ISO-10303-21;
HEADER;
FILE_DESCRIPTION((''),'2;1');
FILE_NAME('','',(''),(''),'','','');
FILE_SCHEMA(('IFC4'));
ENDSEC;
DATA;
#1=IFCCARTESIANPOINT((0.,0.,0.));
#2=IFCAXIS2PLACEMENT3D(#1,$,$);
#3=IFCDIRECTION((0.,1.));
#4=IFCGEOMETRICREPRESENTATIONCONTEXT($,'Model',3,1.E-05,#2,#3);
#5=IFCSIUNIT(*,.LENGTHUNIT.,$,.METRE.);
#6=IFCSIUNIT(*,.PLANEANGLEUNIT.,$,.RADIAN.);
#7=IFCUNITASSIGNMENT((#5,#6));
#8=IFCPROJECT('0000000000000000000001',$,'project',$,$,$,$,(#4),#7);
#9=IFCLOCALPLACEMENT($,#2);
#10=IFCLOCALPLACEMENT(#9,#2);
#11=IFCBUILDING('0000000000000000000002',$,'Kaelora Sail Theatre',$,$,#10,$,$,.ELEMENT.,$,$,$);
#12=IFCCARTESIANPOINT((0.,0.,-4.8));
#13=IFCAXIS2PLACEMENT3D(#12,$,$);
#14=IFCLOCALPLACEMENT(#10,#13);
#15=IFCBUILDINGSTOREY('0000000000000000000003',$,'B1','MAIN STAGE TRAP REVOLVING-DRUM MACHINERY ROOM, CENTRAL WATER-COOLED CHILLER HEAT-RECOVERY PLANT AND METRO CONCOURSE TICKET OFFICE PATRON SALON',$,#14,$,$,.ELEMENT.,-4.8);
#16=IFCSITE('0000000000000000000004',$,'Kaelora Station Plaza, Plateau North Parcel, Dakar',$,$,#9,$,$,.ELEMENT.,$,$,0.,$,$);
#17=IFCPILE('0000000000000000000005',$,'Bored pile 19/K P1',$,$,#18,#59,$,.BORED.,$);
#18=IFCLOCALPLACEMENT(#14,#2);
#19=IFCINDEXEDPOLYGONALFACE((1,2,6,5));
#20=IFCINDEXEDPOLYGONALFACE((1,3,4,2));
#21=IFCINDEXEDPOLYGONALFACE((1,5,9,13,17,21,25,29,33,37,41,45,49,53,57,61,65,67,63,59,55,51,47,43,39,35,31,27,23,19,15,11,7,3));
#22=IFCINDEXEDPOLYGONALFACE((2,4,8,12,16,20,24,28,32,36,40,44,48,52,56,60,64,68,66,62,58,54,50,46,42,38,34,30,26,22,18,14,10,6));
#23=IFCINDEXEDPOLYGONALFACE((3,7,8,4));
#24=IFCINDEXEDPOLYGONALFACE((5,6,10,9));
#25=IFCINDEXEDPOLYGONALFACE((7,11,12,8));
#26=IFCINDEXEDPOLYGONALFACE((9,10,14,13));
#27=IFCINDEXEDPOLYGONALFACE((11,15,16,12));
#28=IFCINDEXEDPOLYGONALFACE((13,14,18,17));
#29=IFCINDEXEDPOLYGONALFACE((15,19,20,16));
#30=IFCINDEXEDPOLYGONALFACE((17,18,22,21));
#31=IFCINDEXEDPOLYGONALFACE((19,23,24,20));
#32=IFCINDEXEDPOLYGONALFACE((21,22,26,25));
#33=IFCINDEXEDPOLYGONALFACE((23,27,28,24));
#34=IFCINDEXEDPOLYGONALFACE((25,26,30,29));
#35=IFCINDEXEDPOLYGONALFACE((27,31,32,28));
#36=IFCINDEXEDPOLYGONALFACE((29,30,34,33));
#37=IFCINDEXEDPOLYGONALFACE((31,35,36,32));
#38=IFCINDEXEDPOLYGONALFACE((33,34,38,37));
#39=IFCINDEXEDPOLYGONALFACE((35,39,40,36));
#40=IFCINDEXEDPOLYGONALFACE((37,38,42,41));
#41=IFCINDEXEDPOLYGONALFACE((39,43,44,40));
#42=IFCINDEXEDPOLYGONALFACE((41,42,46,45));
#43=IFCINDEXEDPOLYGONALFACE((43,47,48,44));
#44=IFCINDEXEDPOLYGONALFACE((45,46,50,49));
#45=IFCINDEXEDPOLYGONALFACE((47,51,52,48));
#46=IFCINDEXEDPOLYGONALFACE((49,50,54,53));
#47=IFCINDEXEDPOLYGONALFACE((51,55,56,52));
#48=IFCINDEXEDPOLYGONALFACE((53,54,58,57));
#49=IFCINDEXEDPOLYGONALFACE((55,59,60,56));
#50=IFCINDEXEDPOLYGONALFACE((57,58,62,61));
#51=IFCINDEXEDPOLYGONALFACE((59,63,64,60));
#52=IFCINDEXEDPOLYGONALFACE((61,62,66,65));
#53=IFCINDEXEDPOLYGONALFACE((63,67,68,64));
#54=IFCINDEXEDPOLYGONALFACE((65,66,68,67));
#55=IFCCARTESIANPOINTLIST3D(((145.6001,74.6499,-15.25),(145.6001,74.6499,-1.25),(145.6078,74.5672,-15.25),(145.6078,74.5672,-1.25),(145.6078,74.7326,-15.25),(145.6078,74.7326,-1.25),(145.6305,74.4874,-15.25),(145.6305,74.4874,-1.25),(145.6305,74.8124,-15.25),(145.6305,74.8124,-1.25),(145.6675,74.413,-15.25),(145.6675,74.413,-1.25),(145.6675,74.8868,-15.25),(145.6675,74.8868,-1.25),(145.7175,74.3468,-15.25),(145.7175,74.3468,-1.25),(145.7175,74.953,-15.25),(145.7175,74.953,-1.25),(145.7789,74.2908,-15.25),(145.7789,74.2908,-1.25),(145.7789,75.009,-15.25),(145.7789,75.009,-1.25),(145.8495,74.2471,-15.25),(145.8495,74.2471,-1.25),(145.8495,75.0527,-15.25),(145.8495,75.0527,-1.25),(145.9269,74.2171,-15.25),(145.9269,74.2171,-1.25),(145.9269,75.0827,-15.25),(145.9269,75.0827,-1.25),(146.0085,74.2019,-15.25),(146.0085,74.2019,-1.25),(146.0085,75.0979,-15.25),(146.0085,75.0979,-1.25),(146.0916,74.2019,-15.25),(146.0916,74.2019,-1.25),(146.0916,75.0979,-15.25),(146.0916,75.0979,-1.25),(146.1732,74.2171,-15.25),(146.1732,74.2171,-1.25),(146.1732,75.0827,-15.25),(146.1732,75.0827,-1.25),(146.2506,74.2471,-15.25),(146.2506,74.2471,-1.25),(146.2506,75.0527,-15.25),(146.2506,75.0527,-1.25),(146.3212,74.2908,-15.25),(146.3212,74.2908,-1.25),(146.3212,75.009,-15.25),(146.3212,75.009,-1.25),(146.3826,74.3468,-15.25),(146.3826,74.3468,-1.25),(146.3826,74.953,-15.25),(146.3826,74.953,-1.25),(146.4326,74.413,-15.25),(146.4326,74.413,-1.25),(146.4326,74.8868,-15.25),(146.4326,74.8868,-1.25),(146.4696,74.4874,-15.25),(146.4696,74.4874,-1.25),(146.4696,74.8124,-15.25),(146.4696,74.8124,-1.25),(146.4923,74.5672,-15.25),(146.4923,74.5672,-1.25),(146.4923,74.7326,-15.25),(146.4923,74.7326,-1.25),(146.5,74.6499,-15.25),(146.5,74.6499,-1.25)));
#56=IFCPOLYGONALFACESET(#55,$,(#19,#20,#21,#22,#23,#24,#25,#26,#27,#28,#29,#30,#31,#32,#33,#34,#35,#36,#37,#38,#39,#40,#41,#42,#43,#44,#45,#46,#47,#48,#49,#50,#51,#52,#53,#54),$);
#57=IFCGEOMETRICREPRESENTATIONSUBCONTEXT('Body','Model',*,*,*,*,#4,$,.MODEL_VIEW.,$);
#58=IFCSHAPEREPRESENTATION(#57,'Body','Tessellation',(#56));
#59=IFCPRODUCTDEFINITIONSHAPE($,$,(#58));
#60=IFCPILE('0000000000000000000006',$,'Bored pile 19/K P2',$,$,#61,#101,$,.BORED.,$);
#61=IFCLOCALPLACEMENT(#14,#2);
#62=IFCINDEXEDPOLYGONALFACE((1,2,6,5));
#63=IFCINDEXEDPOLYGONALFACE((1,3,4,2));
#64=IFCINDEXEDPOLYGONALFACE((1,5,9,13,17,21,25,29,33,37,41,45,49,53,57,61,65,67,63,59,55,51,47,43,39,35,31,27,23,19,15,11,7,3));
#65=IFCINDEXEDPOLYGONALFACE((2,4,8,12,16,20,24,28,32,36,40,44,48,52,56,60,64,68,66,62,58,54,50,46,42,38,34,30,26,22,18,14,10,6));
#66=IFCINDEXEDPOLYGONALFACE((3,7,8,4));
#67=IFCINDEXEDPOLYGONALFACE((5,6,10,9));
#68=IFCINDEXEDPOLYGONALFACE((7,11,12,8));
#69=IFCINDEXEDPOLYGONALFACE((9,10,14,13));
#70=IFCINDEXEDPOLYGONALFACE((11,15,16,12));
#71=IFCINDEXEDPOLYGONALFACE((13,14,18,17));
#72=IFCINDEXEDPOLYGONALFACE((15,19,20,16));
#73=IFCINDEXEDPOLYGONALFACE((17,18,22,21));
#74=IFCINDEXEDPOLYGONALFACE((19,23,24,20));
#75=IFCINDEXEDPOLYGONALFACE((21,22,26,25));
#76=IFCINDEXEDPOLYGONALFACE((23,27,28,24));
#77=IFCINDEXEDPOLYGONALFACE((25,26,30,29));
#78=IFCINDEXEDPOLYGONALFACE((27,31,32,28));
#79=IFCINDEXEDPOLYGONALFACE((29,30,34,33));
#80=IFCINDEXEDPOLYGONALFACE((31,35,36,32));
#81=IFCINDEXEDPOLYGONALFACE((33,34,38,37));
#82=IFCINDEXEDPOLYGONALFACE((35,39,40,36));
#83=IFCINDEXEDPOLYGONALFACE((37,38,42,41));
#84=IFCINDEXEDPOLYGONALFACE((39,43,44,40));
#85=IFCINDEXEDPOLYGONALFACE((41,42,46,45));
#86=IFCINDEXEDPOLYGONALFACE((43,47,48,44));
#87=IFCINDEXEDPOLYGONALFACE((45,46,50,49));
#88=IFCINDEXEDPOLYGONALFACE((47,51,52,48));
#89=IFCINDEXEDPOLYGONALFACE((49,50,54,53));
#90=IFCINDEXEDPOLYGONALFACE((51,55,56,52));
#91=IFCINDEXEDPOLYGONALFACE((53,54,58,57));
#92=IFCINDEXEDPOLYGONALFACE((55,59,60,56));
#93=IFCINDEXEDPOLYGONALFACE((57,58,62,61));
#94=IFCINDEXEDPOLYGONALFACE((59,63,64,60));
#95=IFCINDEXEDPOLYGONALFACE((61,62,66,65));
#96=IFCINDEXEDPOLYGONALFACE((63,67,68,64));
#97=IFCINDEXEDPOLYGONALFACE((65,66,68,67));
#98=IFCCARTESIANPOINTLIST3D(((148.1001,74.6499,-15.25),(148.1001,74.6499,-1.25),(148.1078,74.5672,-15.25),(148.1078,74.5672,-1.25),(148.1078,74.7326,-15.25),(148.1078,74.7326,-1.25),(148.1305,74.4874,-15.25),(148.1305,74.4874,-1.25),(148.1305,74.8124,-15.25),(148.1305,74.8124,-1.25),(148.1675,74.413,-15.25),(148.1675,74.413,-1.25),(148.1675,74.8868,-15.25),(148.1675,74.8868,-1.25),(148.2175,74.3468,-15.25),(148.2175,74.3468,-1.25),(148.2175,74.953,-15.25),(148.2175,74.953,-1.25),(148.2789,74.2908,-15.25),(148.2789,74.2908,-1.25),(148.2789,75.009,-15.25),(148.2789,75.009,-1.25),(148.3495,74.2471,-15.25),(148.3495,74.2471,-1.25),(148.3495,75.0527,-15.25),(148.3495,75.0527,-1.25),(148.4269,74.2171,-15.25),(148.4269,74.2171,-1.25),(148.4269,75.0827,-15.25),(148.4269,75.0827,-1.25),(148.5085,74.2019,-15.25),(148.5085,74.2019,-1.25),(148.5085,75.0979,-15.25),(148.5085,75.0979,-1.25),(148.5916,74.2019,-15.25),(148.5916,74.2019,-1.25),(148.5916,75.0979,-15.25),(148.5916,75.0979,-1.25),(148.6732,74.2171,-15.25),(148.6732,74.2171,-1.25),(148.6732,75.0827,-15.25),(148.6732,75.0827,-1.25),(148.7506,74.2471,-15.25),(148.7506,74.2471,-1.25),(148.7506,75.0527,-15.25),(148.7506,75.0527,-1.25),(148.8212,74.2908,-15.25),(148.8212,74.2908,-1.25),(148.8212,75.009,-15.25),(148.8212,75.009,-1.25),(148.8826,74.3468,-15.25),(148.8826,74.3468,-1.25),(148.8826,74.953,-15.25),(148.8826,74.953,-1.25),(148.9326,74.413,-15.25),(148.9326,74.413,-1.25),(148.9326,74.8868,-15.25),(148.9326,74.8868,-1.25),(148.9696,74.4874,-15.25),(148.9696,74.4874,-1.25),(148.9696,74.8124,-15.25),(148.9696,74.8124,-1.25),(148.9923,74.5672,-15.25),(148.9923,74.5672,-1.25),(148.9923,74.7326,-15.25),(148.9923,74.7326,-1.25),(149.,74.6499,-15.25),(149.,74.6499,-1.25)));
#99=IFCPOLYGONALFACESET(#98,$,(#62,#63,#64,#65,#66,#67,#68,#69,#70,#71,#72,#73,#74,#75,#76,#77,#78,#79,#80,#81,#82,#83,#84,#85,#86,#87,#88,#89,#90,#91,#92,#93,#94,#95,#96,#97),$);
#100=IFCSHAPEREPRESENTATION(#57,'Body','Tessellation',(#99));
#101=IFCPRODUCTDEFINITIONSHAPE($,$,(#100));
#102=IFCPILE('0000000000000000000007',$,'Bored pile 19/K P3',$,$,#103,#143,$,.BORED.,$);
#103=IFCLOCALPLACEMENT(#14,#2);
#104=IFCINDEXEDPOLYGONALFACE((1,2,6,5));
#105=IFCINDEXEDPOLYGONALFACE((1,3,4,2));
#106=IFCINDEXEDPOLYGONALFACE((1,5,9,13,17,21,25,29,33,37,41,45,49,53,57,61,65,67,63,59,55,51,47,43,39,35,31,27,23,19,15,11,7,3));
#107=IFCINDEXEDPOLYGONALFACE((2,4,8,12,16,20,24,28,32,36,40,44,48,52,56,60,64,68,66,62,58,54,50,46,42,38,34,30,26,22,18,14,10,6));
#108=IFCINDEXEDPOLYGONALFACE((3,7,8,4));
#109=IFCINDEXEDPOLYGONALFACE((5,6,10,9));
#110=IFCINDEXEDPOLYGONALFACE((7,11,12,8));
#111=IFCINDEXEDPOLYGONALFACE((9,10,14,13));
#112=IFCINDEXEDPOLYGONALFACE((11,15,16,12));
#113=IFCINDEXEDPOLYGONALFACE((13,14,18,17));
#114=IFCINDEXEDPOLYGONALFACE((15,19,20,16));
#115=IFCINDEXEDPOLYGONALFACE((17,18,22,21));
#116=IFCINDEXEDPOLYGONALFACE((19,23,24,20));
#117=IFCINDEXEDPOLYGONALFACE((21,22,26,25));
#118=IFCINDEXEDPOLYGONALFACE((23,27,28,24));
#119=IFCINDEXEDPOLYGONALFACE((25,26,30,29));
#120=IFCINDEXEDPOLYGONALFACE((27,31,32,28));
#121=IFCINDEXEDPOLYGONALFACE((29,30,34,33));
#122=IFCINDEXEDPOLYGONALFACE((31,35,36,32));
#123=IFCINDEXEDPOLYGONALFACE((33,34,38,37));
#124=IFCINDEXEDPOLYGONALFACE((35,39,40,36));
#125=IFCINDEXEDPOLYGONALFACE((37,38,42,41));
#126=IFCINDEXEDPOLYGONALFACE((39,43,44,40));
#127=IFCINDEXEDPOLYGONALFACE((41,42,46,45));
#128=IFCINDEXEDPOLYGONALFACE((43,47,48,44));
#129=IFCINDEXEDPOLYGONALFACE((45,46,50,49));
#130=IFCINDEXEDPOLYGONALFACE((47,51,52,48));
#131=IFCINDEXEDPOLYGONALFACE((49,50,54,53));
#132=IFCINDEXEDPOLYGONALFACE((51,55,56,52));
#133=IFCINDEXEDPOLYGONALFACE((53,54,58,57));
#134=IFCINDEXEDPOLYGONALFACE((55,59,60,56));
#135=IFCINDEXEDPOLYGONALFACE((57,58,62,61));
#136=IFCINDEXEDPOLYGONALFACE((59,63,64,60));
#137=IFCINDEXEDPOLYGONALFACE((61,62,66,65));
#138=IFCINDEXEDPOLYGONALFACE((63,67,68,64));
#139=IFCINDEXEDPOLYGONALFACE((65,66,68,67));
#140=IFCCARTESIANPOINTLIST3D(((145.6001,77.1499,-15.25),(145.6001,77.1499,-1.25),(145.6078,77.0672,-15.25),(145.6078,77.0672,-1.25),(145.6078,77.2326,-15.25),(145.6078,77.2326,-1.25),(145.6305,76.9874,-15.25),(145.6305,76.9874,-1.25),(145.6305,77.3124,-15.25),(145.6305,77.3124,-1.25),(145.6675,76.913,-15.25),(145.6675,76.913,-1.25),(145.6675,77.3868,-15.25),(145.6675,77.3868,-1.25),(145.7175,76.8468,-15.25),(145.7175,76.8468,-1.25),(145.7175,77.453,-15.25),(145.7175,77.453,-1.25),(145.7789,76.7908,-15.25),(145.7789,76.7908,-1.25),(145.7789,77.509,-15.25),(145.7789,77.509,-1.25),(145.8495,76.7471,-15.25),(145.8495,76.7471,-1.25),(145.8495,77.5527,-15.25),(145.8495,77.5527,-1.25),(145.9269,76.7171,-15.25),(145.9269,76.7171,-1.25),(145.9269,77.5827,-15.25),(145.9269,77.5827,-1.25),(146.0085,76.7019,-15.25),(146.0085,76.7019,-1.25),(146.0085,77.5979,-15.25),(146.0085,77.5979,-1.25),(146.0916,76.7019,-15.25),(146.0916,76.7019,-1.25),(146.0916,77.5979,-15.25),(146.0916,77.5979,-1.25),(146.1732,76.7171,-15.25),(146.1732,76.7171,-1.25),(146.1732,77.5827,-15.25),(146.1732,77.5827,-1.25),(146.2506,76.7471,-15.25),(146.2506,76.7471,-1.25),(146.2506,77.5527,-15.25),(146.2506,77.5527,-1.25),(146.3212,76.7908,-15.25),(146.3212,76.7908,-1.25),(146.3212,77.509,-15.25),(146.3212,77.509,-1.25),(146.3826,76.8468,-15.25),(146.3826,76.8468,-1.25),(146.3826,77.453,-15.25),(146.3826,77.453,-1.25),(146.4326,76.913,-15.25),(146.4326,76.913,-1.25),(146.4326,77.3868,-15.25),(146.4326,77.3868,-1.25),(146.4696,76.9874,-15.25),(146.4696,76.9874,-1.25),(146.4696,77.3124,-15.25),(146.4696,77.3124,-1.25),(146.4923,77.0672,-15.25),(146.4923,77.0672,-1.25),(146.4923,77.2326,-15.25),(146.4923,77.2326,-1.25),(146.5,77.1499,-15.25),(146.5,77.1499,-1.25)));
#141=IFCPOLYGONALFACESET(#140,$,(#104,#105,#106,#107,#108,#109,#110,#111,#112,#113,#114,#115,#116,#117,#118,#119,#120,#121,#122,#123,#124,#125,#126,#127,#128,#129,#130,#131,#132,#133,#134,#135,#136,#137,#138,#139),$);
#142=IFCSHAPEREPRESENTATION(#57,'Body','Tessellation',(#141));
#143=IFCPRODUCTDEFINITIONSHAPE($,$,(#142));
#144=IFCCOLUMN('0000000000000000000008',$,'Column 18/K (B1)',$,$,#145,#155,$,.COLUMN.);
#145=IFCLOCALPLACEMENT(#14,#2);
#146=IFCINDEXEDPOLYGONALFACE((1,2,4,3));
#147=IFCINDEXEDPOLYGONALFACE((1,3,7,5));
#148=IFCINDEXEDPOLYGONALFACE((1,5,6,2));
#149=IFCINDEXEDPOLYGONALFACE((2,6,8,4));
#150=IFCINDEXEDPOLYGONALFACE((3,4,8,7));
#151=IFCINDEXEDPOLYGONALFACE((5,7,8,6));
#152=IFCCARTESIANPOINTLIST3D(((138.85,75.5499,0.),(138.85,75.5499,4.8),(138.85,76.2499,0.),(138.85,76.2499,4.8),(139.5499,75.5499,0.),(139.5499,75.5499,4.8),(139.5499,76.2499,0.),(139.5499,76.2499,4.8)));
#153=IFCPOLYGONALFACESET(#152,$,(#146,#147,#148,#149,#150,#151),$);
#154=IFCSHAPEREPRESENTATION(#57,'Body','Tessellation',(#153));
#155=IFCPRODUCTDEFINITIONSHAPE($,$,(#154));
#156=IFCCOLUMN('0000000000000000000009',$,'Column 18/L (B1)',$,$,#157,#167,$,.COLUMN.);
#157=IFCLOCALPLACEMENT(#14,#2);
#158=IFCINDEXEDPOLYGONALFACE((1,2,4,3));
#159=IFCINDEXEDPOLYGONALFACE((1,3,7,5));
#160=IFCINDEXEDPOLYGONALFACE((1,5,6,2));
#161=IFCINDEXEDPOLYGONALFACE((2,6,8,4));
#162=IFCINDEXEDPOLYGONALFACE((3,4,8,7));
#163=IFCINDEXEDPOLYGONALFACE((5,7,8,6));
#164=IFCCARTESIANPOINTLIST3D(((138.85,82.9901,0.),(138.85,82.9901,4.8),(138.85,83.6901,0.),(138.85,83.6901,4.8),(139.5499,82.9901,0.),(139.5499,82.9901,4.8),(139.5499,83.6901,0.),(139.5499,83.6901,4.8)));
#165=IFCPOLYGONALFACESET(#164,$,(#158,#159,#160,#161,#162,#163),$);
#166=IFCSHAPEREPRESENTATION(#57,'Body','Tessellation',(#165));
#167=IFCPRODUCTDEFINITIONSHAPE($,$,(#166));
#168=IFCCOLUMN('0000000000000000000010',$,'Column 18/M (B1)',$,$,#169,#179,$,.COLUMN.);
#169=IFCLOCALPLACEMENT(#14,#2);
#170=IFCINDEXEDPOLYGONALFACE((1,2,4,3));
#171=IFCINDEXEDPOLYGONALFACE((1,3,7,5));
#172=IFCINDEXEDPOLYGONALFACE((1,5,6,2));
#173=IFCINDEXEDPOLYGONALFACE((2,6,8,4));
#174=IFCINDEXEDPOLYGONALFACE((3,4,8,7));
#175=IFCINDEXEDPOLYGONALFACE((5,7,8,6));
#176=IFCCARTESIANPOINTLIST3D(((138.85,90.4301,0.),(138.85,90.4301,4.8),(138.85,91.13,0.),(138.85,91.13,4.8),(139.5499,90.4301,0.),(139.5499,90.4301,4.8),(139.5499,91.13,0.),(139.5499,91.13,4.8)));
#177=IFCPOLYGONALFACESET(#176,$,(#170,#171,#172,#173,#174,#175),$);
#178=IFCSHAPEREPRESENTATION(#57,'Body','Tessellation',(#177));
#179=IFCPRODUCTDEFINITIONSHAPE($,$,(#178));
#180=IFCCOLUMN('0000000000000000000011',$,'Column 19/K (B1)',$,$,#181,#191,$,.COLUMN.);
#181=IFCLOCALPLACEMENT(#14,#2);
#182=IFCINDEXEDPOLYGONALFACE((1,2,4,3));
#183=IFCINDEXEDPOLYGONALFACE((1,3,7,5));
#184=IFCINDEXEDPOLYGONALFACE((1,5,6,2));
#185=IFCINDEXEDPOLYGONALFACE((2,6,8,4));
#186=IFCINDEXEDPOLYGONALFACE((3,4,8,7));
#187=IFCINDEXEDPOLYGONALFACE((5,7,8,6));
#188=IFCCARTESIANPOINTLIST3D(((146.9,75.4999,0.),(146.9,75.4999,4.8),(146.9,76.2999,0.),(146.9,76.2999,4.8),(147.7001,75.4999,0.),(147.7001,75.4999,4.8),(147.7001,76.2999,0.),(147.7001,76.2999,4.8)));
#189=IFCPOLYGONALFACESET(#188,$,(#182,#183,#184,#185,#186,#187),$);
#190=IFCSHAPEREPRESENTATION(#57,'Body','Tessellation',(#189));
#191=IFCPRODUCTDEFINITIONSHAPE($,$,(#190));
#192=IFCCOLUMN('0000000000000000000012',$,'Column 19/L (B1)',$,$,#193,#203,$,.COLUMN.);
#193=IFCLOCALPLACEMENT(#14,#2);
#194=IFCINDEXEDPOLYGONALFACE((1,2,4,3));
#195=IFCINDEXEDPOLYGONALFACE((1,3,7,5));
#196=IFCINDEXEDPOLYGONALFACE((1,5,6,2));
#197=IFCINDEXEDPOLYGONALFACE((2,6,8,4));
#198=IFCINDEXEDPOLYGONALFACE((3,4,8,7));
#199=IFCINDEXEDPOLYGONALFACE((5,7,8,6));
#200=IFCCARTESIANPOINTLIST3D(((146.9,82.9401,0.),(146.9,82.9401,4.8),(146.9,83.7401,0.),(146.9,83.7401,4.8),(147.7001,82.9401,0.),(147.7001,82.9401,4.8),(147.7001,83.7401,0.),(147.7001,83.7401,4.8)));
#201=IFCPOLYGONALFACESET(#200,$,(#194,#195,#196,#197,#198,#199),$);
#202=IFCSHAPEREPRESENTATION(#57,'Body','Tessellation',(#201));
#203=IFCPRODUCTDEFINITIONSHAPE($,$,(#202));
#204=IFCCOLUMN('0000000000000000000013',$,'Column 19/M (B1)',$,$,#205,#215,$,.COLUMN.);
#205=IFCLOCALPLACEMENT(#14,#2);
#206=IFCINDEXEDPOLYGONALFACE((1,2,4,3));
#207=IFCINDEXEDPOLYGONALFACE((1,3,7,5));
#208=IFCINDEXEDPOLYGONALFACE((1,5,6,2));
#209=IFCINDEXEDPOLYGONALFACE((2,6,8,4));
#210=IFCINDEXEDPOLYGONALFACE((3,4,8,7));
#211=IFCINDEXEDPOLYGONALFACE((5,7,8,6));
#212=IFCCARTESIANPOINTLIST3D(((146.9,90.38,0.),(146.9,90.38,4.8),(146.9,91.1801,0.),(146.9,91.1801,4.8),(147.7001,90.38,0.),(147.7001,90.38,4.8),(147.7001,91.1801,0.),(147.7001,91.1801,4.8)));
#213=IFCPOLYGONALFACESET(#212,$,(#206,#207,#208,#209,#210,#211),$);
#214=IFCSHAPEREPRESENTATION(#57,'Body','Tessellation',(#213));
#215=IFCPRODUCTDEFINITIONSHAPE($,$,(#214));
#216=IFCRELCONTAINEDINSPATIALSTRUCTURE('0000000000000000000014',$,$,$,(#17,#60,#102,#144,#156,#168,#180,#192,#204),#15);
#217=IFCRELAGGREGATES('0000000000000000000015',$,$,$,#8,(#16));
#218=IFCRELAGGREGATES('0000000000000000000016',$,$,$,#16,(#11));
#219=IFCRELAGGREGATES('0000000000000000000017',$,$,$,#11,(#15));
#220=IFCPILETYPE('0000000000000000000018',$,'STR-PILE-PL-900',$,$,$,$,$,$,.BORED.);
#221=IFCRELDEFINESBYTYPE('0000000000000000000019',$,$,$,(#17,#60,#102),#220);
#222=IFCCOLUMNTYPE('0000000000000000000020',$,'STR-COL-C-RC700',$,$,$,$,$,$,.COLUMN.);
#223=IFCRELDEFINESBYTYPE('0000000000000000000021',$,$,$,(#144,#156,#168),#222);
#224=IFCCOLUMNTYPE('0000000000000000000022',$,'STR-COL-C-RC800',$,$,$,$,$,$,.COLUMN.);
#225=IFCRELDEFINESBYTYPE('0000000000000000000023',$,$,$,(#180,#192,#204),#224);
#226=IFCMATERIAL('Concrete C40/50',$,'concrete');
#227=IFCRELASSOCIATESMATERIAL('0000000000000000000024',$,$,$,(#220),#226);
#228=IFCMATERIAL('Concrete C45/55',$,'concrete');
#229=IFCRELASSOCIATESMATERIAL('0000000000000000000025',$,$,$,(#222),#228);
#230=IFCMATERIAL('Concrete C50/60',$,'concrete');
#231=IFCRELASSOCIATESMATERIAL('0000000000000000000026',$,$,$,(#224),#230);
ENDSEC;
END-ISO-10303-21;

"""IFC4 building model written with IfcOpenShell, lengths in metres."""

from ifc_helpers import new_model, si_unit, direction, frame, origin, origin_2d, place, context, subcontext, project, spatial, rectangle, circle, extrude, material, material_profile, profile_set, type_object, element, save


model = new_model("IFC4")

# Units and contexts
model_context = context("Model", 3, precision=1e-05, world=origin(), true_north=direction((0.0, 1.0)))
body_context = subcontext(model_context, "Body", "Model", "MODEL_VIEW")
ifc_project = project(units=[si_unit("LENGTHUNIT", "METRE"), si_unit("PLANEANGLEUNIT", "RADIAN")], contexts=[model_context])

# Site, building, storey
site_placement = place(None, origin())
site = spatial("IfcSite", under=ifc_project, at=site_placement, Name="Kaelora Station Plaza, Plateau North Parcel, Dakar", CompositionType="ELEMENT", RefElevation=0.0)
building_placement = place(site_placement, origin())
building = spatial("IfcBuilding", under=site, at=building_placement, Name="Kaelora Sail Theatre", CompositionType="ELEMENT")
storey_placement = place(building_placement, frame((0.0, 0.0, -4.8)))
storey = spatial("IfcBuildingStorey", under=building, at=storey_placement, Name="B1", Description="MAIN STAGE TRAP REVOLVING-DRUM MACHINERY ROOM, CENTRAL WATER-COOLED CHILLER HEAT-RECOVERY PLANT AND METRO CONCOURSE TICKET OFFICE PATRON SALON", CompositionType="ELEMENT", Elevation=-4.8)

# Piles
ifc_material_1 = material(Name="Concrete C40/50", Category="concrete")
ifc_material_profile_1 = material_profile(ifc_material_1, circle(Radius=0.45, at=origin_2d()), Name="PILE D900")
ifc_profile_set_1 = profile_set([ifc_material_profile_1], Name="Concrete C40/50")
pile_type_1 = type_object("IfcPileType", Name="STR-PILE-PL-900", PredefinedType="BORED", material=ifc_profile_set_1)
for number, where, z_axis, x_axis, name in (
    (1, (146.05, 74.6499, -1.25), (0.0, 0.0, -1.0), (1.0, 0.0, 0.0), "Bored pile 19/K P1"),
    (2, (148.55, 74.6499, -1.25), (0.0, 0.0, -1.0), (1.0, 0.0, 0.0), "Bored pile 19/K P2"),
    (3, (146.05, 77.1499, -1.25), (0.0, 0.0, -1.0), (1.0, 0.0, 0.0), "Bored pile 19/K P3"),
):
    element("IfcPile", number, at=place(storey_placement, frame(where, z_axis=z_axis, x_axis=x_axis)), inside=storey, type_object=pile_type_1, Name=name, PredefinedType="BORED", context=body_context, shape_type="SweptSolid", body=[
        extrude(circle(Radius=0.45, at=origin_2d()), origin(), (0.0, 0.0, 1.0), 14.0),
    ])

# Columns
ifc_material_2 = material(Name="Concrete C45/55", Category="concrete")
ifc_material_profile_2 = material_profile(ifc_material_2, rectangle(XDim=0.7, YDim=0.7, at=origin_2d()), Name="RC-COL 700x700")
ifc_profile_set_2 = profile_set([ifc_material_profile_2], Name="Concrete C45/55")
column_type_1 = type_object("IfcColumnType", Name="STR-COL-C-RC700", PredefinedType="COLUMN", material=ifc_profile_set_2)
for number, where, z_axis, x_axis, name in (
    (4, (139.2, 75.8999, 0.0), (0.0, 0.0, 1.0), (1.0, 0.0, 0.0), "Column 18/K (B1)"),
    (5, (139.2, 83.3401, 0.0), (0.0, 0.0, 1.0), (1.0, 0.0, 0.0), "Column 18/L (B1)"),
    (6, (139.2, 90.78, 0.0), (0.0, 0.0, 1.0), (1.0, 0.0, 0.0), "Column 18/M (B1)"),
):
    element("IfcColumn", number, at=place(storey_placement, frame(where, z_axis=z_axis, x_axis=x_axis)), inside=storey, type_object=column_type_1, Name=name, PredefinedType="COLUMN", context=body_context, shape_type="SweptSolid", body=[
        extrude(rectangle(XDim=0.7, YDim=0.7, at=origin_2d()), origin(), (0.0, 0.0, 1.0), 4.8),
    ])
ifc_material_3 = material(Name="Concrete C50/60", Category="concrete")
ifc_material_profile_3 = material_profile(ifc_material_3, rectangle(XDim=0.8, YDim=0.8, at=origin_2d()), Name="RC-COL 800x800")
ifc_profile_set_3 = profile_set([ifc_material_profile_3], Name="Concrete C50/60")
column_type_2 = type_object("IfcColumnType", Name="STR-COL-C-RC800", PredefinedType="COLUMN", material=ifc_profile_set_3)
for number, where, z_axis, x_axis, name in (
    (7, (147.3, 75.8999, 0.0), (0.0, 0.0, 1.0), (1.0, 0.0, 0.0), "Column 19/K (B1)"),
    (8, (147.3, 83.3401, 0.0), (0.0, 0.0, 1.0), (1.0, 0.0, 0.0), "Column 19/L (B1)"),
    (9, (147.3, 90.78, 0.0), (0.0, 0.0, 1.0), (1.0, 0.0, 0.0), "Column 19/M (B1)"),
):
    element("IfcColumn", number, at=place(storey_placement, frame(where, z_axis=z_axis, x_axis=x_axis)), inside=storey, type_object=column_type_2, Name=name, PredefinedType="COLUMN", context=body_context, shape_type="SweptSolid", body=[
        extrude(rectangle(XDim=0.8, YDim=0.8, at=origin_2d()), origin(), (0.0, 0.0, 1.0), 4.8),
    ])

save(model, "model.ifc")
